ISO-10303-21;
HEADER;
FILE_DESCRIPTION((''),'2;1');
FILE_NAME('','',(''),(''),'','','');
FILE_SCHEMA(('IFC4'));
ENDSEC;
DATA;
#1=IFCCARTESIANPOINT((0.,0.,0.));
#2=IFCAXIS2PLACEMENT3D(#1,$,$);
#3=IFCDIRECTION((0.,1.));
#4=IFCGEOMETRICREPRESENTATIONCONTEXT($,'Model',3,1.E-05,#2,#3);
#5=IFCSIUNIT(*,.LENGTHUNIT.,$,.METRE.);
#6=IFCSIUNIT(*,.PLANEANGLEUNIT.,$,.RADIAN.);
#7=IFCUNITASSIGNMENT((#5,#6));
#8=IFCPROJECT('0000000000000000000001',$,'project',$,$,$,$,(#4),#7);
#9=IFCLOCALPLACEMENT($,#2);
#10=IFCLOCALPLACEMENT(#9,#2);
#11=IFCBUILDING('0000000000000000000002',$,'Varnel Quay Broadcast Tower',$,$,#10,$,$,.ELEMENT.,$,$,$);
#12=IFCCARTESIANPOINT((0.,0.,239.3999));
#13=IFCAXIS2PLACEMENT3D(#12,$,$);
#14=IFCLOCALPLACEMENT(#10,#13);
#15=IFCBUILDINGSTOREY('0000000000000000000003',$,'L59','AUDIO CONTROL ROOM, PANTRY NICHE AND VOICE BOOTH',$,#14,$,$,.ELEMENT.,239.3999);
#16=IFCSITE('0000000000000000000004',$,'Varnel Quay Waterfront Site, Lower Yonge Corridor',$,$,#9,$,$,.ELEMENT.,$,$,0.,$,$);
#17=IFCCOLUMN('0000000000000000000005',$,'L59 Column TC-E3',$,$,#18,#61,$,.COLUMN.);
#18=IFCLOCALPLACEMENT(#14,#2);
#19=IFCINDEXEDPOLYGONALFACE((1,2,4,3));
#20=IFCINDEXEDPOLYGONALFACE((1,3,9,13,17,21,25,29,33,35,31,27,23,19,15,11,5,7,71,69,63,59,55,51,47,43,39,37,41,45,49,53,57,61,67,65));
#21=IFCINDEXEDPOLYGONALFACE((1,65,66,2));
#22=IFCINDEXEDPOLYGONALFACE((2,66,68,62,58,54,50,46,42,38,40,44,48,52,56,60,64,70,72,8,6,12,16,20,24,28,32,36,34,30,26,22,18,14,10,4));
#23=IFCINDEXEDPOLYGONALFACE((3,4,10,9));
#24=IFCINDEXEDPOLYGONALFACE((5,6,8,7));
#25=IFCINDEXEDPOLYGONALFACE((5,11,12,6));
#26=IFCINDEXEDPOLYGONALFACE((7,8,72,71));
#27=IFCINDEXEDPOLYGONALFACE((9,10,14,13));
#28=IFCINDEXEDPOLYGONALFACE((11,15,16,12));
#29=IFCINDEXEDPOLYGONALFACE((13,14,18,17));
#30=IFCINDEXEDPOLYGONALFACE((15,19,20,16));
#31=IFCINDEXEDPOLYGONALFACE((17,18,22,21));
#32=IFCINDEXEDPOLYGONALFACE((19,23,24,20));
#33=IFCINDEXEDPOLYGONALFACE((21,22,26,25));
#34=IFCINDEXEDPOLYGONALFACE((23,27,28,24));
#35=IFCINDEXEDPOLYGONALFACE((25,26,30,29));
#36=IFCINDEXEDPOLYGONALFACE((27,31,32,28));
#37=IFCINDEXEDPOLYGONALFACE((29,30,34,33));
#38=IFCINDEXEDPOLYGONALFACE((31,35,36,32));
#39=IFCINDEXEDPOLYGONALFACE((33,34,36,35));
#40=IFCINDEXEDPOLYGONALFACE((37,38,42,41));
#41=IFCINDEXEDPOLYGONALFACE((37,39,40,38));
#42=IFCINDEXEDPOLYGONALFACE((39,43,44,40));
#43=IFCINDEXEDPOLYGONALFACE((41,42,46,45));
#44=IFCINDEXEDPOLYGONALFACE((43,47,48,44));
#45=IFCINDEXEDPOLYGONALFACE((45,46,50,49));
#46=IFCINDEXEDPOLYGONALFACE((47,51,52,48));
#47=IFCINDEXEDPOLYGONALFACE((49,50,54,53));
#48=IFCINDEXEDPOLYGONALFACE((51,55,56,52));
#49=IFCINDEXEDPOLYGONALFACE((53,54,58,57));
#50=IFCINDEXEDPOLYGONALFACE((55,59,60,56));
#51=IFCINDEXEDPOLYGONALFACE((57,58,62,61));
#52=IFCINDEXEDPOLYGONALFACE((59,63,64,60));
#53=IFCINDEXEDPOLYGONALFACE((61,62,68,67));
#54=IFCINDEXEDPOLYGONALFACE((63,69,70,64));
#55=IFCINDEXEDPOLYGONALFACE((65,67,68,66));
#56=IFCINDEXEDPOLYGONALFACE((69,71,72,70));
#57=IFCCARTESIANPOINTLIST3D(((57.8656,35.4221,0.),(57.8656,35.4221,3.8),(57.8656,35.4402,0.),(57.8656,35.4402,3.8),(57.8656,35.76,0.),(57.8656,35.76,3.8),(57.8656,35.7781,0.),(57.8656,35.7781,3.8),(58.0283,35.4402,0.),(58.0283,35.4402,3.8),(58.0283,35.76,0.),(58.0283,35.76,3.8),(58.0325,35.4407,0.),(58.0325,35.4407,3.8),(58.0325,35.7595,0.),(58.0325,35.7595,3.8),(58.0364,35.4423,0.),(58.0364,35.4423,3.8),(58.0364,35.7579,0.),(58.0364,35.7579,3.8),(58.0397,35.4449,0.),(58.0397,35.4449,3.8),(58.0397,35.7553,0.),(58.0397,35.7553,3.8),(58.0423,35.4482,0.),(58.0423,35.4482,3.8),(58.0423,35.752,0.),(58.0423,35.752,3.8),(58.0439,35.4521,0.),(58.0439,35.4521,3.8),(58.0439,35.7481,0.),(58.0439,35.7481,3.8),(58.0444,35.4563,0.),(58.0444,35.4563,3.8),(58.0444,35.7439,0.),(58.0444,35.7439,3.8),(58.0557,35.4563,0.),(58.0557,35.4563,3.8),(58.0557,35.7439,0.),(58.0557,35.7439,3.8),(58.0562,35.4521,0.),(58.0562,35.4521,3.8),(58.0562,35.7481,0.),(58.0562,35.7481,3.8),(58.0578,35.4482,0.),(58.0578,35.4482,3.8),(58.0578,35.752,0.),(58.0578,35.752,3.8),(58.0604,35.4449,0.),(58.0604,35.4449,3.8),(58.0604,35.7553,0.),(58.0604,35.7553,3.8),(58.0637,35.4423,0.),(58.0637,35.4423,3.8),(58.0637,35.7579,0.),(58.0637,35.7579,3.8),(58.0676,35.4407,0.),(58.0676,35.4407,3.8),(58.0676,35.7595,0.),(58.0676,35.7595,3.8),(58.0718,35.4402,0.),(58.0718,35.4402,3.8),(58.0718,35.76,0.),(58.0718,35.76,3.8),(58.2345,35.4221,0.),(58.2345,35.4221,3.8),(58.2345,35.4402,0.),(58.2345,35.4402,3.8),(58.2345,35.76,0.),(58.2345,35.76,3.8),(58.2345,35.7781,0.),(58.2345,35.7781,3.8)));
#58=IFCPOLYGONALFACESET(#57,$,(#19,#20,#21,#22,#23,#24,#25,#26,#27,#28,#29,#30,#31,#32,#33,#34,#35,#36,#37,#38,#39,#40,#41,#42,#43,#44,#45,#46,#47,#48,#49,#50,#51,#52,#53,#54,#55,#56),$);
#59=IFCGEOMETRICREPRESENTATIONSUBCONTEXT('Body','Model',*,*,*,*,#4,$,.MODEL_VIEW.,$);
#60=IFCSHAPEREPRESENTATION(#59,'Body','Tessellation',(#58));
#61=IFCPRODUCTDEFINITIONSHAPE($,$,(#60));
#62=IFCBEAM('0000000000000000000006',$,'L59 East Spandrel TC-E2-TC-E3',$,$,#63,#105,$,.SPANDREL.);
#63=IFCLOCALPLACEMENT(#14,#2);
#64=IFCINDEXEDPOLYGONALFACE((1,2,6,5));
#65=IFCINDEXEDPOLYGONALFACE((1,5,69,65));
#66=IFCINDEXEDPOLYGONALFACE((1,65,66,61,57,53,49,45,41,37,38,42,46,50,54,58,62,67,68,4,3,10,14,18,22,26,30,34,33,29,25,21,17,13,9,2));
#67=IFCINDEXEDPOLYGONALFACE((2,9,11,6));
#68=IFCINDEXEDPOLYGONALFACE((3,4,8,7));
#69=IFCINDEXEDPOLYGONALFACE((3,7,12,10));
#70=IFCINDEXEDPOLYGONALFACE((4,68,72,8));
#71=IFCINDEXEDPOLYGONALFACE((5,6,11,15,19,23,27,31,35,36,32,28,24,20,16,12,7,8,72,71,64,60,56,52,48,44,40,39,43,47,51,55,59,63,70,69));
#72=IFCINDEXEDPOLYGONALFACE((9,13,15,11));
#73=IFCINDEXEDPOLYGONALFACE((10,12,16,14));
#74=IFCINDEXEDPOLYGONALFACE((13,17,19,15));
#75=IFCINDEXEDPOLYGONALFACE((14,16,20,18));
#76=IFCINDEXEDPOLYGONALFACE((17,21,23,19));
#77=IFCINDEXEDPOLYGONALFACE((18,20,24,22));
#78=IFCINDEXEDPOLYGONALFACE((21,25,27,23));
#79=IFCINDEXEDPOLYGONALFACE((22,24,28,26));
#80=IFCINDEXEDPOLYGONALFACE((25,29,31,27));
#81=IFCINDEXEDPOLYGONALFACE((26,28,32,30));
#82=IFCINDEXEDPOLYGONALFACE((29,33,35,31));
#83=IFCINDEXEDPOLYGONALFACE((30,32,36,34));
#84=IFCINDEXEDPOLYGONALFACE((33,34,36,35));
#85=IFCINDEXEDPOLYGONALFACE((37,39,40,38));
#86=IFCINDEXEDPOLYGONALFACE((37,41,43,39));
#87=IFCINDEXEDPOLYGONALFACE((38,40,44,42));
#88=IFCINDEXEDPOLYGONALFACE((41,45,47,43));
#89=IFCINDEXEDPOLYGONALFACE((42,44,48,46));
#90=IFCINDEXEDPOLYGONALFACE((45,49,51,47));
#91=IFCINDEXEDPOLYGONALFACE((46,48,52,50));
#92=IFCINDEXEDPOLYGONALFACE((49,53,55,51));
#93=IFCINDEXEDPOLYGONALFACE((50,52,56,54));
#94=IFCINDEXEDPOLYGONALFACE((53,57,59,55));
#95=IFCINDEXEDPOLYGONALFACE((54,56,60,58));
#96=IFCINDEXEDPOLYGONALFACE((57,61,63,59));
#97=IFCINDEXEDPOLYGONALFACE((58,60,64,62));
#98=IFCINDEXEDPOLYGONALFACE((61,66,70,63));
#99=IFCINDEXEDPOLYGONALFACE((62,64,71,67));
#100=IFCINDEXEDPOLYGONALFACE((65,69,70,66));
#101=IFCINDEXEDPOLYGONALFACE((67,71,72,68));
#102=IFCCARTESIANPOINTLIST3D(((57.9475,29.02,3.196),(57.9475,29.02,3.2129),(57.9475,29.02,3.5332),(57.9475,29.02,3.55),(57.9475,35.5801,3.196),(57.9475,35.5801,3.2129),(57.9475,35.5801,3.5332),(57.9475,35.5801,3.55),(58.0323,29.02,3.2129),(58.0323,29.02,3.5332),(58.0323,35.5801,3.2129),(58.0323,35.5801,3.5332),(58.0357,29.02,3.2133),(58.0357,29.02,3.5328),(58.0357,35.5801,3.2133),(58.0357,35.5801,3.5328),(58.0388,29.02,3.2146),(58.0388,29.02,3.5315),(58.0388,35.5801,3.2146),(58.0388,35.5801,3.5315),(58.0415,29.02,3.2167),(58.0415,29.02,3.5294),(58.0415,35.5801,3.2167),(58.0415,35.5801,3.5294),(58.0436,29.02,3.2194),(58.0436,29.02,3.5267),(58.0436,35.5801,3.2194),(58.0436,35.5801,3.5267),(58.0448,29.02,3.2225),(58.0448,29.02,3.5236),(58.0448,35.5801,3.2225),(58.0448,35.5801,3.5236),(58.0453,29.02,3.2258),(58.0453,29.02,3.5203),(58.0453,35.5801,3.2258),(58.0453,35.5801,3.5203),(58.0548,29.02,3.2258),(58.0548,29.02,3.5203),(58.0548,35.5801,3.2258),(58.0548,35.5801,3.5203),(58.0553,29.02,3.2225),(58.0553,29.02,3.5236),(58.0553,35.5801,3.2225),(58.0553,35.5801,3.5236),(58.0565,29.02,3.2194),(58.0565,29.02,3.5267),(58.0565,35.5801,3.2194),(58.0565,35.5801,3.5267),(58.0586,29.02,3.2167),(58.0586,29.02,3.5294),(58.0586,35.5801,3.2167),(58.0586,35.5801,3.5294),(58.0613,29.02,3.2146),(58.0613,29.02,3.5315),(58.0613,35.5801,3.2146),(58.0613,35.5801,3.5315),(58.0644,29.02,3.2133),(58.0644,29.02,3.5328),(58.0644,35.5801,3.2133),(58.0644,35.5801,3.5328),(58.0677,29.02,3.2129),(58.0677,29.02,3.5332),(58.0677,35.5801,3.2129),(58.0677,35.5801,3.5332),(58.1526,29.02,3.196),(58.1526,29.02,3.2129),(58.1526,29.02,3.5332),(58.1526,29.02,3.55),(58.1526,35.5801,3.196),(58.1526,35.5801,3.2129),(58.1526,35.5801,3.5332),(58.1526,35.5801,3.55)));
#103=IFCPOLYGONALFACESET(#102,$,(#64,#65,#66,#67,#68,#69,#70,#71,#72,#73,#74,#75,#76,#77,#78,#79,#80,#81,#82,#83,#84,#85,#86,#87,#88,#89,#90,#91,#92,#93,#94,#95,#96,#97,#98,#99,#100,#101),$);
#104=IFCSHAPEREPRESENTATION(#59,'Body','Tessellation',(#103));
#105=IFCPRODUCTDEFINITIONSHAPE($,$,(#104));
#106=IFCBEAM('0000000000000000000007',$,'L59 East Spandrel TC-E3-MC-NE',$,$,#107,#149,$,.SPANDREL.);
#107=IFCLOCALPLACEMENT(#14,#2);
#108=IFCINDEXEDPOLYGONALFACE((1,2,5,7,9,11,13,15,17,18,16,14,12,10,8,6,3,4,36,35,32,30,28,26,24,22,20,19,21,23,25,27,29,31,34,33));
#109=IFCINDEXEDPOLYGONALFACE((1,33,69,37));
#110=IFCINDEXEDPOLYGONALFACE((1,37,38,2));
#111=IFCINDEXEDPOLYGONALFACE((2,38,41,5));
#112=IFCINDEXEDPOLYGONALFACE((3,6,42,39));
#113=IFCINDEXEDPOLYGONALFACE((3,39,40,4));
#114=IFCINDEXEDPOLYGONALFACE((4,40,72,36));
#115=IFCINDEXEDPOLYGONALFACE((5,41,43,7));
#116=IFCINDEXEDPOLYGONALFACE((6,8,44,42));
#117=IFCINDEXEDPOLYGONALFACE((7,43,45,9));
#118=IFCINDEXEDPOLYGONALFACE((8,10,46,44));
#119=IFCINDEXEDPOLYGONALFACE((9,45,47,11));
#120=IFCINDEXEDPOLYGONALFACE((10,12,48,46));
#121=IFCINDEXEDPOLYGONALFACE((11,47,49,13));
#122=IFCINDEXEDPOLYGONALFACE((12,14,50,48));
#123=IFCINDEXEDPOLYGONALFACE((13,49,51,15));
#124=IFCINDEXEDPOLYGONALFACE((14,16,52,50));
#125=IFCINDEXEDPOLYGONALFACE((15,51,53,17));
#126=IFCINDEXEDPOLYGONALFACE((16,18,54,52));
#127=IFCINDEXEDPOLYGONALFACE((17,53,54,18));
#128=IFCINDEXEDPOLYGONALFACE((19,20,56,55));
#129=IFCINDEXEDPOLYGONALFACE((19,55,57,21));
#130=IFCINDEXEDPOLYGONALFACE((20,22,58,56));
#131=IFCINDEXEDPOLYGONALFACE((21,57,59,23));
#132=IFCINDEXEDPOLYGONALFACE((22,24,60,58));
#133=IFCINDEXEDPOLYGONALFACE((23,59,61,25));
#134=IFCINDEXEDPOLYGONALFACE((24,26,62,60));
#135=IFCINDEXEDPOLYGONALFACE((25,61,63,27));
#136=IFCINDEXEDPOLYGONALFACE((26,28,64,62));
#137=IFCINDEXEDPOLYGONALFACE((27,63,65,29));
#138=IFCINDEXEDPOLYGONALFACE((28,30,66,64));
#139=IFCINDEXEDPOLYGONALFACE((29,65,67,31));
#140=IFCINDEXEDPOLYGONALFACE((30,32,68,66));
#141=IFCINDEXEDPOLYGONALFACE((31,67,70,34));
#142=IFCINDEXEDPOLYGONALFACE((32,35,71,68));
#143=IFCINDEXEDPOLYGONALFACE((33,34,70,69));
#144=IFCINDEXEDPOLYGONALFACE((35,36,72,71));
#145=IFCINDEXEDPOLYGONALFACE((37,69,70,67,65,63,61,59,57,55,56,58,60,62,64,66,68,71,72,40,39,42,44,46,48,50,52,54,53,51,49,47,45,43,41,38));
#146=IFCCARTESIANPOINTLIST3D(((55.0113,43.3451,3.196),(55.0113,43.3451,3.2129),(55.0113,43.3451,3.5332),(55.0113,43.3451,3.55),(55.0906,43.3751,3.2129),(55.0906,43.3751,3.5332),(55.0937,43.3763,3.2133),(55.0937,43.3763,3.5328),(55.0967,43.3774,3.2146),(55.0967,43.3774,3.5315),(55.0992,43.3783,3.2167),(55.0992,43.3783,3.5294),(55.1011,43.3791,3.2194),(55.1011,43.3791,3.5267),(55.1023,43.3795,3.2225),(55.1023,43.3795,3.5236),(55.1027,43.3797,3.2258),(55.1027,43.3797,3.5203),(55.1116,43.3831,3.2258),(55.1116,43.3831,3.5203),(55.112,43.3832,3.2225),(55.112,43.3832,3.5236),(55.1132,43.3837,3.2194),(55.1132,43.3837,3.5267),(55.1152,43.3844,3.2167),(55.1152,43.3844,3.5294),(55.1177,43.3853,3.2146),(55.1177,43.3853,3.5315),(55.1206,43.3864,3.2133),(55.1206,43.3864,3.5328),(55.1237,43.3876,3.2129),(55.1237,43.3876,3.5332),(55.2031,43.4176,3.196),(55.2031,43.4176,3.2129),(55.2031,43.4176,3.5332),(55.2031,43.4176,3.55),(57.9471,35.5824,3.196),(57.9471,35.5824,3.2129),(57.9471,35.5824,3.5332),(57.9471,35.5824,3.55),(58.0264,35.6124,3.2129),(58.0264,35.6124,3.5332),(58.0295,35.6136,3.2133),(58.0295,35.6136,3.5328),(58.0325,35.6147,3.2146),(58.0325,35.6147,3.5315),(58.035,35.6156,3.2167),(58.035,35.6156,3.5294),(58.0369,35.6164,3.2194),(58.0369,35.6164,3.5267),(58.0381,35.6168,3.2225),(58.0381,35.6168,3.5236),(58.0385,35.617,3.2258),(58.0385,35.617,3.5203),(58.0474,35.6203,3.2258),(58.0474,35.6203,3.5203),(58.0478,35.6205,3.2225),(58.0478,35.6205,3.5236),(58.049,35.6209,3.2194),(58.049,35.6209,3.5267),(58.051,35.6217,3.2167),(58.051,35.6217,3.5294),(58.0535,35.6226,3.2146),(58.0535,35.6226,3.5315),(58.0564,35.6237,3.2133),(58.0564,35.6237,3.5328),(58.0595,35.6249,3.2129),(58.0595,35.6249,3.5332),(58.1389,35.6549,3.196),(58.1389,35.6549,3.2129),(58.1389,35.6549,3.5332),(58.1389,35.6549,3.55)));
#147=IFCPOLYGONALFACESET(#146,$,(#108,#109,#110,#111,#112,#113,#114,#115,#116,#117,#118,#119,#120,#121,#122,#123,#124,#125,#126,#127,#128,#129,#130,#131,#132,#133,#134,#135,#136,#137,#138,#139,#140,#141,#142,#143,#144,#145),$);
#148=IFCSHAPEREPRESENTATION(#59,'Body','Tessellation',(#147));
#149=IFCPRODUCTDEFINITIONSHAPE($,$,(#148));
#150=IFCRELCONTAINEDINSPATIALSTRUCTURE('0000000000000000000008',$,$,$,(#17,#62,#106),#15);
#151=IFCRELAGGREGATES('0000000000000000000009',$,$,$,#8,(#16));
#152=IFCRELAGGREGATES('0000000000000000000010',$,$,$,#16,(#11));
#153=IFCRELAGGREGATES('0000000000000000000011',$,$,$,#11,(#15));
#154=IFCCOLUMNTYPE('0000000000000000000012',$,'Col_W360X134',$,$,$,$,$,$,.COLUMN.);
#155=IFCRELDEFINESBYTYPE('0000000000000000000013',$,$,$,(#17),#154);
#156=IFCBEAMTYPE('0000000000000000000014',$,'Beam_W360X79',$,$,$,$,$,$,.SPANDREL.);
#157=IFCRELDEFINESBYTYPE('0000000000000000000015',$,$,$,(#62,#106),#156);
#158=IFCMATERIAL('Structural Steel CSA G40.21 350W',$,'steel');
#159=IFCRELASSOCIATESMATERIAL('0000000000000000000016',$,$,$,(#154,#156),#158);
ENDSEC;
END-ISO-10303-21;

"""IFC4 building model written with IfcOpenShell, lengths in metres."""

from ifc_helpers import new_model, si_unit, direction, frame, origin, origin_2d, place, context, subcontext, project, spatial, i_section, extrude, source, transform, mapped, material, material_profile, profile_set, type_object, type_shapes, element, save


model = new_model("IFC4")

# Units and contexts
model_context = context("Model", 3, precision=1e-05, world=origin(), true_north=direction((0.0, 1.0)))
body_context = subcontext(model_context, "Body", "Model", "MODEL_VIEW")
ifc_project = project(units=[si_unit("LENGTHUNIT", "METRE"), si_unit("PLANEANGLEUNIT", "RADIAN")], contexts=[model_context])

# Site, building, storey
site_placement = place(None, origin())
site = spatial("IfcSite", under=ifc_project, at=site_placement, Name="Varnel Quay Waterfront Site, Lower Yonge Corridor", CompositionType="ELEMENT", RefElevation=0.0)
building_placement = place(site_placement, origin())
building = spatial("IfcBuilding", under=site, at=building_placement, Name="Varnel Quay Broadcast Tower", CompositionType="ELEMENT")
storey_placement = place(building_placement, frame((0.0, 0.0, 239.3999)))
storey = spatial("IfcBuildingStorey", under=building, at=storey_placement, Name="L59", Description="AUDIO CONTROL ROOM, PANTRY NICHE AND VOICE BOOTH", CompositionType="ELEMENT", Elevation=239.3999)

# Column
ifc_material_1 = material(Name="Structural Steel CSA G40.21 350W", Category="steel")
ifc_material_profile_1 = material_profile(ifc_material_1, i_section(OverallWidth=0.3689, OverallDepth=0.356, WebThickness=0.0112, FlangeThickness=0.0181, FilletRadius=0.0161, at=origin_2d()), Name="W360X134")
ifc_profile_set_1 = profile_set([ifc_material_profile_1], Name="Structural Steel CSA G40.21 350W")
column_type_1 = type_object("IfcColumnType", Name="Col_W360X134", PredefinedType="COLUMN", material=ifc_profile_set_1)
shared_shape_1 = source(origin(), body_context, "Body", "SweptSolid", [
    extrude(i_section(OverallWidth=0.3689, OverallDepth=0.356, WebThickness=0.0112, FlangeThickness=0.0181, FilletRadius=0.0161, at=origin_2d()), origin(), (0.0, 0.0, 1.0), 3.8),
])
type_shapes(column_type_1, [shared_shape_1])
for number, where, z_axis, x_axis, name in (
    (1, (58.05, 35.6001, 0.0), (0.0, 0.0, 1.0), (1.0, 0.0, 0.0), "L59 Column TC-E3"),
):
    element("IfcColumn", number, at=place(storey_placement, frame(where, z_axis=z_axis, x_axis=x_axis)), inside=storey, type_object=column_type_1, Name=name, PredefinedType="COLUMN", context=body_context, shape_type="MappedRepresentation", body=[
        mapped(shared_shape_1, transform((0.0, 0.0, 0.0), x_axis=(1.0, 0.0, 0.0), y_axis=(0.0, 1.0, 0.0), z_axis=(0.0, 0.0, 1.0), scale=1.0)),
    ])

# Beams
ifc_material_profile_2 = material_profile(ifc_material_1, i_section(OverallWidth=0.2051, OverallDepth=0.354, WebThickness=0.0095, FlangeThickness=0.0168, FilletRadius=0.0129, at=origin_2d()), Name="W360X79")
ifc_profile_set_2 = profile_set([ifc_material_profile_2], Name="Structural Steel CSA G40.21 350W")
beam_type_1 = type_object("IfcBeamType", Name="Beam_W360X79", PredefinedType="SPANDREL", material=ifc_profile_set_2)
shared_shape_2 = source(origin(), body_context, "Body", "SweptSolid", [
    extrude(i_section(OverallWidth=0.2051, OverallDepth=0.354, WebThickness=0.0095, FlangeThickness=0.0168, FilletRadius=0.0129, at=origin_2d()), origin(), (0.0, 0.0, 1.0), 6.5601),
])
beam_1_placement = place(storey_placement, frame((58.05, 29.02, 3.373), z_axis=(0.0, 1.0, 0.0), x_axis=(-1.0, 0.0, 0.0)))
element("IfcBeam", 2, at=beam_1_placement, inside=storey, type_object=beam_type_1, Name="L59 East Spandrel TC-E2-TC-E3", PredefinedType="SPANDREL", context=body_context, shape_type="MappedRepresentation", body=[
    mapped(shared_shape_2, transform((0.0, 0.0, 0.0), x_axis=(1.0, 0.0, 0.0), y_axis=(0.0, 1.0, 0.0), z_axis=(0.0, 0.0, 1.0), scale=1.0)),
])
shared_shape_3 = source(origin(), body_context, "Body", "SweptSolid", [
    extrude(i_section(OverallWidth=0.2051, OverallDepth=0.354, WebThickness=0.0095, FlangeThickness=0.0168, FilletRadius=0.0129, at=origin_2d()), origin(), (0.0, 0.0, 1.0), 8.2993),
])
beam_2_placement = place(storey_placement, frame((58.043, 35.6187, 3.373), z_axis=(-0.35374, 0.935344, 0.0), x_axis=(-0.935344, -0.35374, 0.0)))
element("IfcBeam", 3, at=beam_2_placement, inside=storey, type_object=beam_type_1, Name="L59 East Spandrel TC-E3-MC-NE", PredefinedType="SPANDREL", context=body_context, shape_type="MappedRepresentation", body=[
    mapped(shared_shape_3, transform((0.0, 0.0, 0.0), x_axis=(1.0, 0.0, 0.0), y_axis=(0.0, 1.0, 0.0), z_axis=(0.0, 0.0, 1.0), scale=1.0)),
])

save(model, "model.ifc")
